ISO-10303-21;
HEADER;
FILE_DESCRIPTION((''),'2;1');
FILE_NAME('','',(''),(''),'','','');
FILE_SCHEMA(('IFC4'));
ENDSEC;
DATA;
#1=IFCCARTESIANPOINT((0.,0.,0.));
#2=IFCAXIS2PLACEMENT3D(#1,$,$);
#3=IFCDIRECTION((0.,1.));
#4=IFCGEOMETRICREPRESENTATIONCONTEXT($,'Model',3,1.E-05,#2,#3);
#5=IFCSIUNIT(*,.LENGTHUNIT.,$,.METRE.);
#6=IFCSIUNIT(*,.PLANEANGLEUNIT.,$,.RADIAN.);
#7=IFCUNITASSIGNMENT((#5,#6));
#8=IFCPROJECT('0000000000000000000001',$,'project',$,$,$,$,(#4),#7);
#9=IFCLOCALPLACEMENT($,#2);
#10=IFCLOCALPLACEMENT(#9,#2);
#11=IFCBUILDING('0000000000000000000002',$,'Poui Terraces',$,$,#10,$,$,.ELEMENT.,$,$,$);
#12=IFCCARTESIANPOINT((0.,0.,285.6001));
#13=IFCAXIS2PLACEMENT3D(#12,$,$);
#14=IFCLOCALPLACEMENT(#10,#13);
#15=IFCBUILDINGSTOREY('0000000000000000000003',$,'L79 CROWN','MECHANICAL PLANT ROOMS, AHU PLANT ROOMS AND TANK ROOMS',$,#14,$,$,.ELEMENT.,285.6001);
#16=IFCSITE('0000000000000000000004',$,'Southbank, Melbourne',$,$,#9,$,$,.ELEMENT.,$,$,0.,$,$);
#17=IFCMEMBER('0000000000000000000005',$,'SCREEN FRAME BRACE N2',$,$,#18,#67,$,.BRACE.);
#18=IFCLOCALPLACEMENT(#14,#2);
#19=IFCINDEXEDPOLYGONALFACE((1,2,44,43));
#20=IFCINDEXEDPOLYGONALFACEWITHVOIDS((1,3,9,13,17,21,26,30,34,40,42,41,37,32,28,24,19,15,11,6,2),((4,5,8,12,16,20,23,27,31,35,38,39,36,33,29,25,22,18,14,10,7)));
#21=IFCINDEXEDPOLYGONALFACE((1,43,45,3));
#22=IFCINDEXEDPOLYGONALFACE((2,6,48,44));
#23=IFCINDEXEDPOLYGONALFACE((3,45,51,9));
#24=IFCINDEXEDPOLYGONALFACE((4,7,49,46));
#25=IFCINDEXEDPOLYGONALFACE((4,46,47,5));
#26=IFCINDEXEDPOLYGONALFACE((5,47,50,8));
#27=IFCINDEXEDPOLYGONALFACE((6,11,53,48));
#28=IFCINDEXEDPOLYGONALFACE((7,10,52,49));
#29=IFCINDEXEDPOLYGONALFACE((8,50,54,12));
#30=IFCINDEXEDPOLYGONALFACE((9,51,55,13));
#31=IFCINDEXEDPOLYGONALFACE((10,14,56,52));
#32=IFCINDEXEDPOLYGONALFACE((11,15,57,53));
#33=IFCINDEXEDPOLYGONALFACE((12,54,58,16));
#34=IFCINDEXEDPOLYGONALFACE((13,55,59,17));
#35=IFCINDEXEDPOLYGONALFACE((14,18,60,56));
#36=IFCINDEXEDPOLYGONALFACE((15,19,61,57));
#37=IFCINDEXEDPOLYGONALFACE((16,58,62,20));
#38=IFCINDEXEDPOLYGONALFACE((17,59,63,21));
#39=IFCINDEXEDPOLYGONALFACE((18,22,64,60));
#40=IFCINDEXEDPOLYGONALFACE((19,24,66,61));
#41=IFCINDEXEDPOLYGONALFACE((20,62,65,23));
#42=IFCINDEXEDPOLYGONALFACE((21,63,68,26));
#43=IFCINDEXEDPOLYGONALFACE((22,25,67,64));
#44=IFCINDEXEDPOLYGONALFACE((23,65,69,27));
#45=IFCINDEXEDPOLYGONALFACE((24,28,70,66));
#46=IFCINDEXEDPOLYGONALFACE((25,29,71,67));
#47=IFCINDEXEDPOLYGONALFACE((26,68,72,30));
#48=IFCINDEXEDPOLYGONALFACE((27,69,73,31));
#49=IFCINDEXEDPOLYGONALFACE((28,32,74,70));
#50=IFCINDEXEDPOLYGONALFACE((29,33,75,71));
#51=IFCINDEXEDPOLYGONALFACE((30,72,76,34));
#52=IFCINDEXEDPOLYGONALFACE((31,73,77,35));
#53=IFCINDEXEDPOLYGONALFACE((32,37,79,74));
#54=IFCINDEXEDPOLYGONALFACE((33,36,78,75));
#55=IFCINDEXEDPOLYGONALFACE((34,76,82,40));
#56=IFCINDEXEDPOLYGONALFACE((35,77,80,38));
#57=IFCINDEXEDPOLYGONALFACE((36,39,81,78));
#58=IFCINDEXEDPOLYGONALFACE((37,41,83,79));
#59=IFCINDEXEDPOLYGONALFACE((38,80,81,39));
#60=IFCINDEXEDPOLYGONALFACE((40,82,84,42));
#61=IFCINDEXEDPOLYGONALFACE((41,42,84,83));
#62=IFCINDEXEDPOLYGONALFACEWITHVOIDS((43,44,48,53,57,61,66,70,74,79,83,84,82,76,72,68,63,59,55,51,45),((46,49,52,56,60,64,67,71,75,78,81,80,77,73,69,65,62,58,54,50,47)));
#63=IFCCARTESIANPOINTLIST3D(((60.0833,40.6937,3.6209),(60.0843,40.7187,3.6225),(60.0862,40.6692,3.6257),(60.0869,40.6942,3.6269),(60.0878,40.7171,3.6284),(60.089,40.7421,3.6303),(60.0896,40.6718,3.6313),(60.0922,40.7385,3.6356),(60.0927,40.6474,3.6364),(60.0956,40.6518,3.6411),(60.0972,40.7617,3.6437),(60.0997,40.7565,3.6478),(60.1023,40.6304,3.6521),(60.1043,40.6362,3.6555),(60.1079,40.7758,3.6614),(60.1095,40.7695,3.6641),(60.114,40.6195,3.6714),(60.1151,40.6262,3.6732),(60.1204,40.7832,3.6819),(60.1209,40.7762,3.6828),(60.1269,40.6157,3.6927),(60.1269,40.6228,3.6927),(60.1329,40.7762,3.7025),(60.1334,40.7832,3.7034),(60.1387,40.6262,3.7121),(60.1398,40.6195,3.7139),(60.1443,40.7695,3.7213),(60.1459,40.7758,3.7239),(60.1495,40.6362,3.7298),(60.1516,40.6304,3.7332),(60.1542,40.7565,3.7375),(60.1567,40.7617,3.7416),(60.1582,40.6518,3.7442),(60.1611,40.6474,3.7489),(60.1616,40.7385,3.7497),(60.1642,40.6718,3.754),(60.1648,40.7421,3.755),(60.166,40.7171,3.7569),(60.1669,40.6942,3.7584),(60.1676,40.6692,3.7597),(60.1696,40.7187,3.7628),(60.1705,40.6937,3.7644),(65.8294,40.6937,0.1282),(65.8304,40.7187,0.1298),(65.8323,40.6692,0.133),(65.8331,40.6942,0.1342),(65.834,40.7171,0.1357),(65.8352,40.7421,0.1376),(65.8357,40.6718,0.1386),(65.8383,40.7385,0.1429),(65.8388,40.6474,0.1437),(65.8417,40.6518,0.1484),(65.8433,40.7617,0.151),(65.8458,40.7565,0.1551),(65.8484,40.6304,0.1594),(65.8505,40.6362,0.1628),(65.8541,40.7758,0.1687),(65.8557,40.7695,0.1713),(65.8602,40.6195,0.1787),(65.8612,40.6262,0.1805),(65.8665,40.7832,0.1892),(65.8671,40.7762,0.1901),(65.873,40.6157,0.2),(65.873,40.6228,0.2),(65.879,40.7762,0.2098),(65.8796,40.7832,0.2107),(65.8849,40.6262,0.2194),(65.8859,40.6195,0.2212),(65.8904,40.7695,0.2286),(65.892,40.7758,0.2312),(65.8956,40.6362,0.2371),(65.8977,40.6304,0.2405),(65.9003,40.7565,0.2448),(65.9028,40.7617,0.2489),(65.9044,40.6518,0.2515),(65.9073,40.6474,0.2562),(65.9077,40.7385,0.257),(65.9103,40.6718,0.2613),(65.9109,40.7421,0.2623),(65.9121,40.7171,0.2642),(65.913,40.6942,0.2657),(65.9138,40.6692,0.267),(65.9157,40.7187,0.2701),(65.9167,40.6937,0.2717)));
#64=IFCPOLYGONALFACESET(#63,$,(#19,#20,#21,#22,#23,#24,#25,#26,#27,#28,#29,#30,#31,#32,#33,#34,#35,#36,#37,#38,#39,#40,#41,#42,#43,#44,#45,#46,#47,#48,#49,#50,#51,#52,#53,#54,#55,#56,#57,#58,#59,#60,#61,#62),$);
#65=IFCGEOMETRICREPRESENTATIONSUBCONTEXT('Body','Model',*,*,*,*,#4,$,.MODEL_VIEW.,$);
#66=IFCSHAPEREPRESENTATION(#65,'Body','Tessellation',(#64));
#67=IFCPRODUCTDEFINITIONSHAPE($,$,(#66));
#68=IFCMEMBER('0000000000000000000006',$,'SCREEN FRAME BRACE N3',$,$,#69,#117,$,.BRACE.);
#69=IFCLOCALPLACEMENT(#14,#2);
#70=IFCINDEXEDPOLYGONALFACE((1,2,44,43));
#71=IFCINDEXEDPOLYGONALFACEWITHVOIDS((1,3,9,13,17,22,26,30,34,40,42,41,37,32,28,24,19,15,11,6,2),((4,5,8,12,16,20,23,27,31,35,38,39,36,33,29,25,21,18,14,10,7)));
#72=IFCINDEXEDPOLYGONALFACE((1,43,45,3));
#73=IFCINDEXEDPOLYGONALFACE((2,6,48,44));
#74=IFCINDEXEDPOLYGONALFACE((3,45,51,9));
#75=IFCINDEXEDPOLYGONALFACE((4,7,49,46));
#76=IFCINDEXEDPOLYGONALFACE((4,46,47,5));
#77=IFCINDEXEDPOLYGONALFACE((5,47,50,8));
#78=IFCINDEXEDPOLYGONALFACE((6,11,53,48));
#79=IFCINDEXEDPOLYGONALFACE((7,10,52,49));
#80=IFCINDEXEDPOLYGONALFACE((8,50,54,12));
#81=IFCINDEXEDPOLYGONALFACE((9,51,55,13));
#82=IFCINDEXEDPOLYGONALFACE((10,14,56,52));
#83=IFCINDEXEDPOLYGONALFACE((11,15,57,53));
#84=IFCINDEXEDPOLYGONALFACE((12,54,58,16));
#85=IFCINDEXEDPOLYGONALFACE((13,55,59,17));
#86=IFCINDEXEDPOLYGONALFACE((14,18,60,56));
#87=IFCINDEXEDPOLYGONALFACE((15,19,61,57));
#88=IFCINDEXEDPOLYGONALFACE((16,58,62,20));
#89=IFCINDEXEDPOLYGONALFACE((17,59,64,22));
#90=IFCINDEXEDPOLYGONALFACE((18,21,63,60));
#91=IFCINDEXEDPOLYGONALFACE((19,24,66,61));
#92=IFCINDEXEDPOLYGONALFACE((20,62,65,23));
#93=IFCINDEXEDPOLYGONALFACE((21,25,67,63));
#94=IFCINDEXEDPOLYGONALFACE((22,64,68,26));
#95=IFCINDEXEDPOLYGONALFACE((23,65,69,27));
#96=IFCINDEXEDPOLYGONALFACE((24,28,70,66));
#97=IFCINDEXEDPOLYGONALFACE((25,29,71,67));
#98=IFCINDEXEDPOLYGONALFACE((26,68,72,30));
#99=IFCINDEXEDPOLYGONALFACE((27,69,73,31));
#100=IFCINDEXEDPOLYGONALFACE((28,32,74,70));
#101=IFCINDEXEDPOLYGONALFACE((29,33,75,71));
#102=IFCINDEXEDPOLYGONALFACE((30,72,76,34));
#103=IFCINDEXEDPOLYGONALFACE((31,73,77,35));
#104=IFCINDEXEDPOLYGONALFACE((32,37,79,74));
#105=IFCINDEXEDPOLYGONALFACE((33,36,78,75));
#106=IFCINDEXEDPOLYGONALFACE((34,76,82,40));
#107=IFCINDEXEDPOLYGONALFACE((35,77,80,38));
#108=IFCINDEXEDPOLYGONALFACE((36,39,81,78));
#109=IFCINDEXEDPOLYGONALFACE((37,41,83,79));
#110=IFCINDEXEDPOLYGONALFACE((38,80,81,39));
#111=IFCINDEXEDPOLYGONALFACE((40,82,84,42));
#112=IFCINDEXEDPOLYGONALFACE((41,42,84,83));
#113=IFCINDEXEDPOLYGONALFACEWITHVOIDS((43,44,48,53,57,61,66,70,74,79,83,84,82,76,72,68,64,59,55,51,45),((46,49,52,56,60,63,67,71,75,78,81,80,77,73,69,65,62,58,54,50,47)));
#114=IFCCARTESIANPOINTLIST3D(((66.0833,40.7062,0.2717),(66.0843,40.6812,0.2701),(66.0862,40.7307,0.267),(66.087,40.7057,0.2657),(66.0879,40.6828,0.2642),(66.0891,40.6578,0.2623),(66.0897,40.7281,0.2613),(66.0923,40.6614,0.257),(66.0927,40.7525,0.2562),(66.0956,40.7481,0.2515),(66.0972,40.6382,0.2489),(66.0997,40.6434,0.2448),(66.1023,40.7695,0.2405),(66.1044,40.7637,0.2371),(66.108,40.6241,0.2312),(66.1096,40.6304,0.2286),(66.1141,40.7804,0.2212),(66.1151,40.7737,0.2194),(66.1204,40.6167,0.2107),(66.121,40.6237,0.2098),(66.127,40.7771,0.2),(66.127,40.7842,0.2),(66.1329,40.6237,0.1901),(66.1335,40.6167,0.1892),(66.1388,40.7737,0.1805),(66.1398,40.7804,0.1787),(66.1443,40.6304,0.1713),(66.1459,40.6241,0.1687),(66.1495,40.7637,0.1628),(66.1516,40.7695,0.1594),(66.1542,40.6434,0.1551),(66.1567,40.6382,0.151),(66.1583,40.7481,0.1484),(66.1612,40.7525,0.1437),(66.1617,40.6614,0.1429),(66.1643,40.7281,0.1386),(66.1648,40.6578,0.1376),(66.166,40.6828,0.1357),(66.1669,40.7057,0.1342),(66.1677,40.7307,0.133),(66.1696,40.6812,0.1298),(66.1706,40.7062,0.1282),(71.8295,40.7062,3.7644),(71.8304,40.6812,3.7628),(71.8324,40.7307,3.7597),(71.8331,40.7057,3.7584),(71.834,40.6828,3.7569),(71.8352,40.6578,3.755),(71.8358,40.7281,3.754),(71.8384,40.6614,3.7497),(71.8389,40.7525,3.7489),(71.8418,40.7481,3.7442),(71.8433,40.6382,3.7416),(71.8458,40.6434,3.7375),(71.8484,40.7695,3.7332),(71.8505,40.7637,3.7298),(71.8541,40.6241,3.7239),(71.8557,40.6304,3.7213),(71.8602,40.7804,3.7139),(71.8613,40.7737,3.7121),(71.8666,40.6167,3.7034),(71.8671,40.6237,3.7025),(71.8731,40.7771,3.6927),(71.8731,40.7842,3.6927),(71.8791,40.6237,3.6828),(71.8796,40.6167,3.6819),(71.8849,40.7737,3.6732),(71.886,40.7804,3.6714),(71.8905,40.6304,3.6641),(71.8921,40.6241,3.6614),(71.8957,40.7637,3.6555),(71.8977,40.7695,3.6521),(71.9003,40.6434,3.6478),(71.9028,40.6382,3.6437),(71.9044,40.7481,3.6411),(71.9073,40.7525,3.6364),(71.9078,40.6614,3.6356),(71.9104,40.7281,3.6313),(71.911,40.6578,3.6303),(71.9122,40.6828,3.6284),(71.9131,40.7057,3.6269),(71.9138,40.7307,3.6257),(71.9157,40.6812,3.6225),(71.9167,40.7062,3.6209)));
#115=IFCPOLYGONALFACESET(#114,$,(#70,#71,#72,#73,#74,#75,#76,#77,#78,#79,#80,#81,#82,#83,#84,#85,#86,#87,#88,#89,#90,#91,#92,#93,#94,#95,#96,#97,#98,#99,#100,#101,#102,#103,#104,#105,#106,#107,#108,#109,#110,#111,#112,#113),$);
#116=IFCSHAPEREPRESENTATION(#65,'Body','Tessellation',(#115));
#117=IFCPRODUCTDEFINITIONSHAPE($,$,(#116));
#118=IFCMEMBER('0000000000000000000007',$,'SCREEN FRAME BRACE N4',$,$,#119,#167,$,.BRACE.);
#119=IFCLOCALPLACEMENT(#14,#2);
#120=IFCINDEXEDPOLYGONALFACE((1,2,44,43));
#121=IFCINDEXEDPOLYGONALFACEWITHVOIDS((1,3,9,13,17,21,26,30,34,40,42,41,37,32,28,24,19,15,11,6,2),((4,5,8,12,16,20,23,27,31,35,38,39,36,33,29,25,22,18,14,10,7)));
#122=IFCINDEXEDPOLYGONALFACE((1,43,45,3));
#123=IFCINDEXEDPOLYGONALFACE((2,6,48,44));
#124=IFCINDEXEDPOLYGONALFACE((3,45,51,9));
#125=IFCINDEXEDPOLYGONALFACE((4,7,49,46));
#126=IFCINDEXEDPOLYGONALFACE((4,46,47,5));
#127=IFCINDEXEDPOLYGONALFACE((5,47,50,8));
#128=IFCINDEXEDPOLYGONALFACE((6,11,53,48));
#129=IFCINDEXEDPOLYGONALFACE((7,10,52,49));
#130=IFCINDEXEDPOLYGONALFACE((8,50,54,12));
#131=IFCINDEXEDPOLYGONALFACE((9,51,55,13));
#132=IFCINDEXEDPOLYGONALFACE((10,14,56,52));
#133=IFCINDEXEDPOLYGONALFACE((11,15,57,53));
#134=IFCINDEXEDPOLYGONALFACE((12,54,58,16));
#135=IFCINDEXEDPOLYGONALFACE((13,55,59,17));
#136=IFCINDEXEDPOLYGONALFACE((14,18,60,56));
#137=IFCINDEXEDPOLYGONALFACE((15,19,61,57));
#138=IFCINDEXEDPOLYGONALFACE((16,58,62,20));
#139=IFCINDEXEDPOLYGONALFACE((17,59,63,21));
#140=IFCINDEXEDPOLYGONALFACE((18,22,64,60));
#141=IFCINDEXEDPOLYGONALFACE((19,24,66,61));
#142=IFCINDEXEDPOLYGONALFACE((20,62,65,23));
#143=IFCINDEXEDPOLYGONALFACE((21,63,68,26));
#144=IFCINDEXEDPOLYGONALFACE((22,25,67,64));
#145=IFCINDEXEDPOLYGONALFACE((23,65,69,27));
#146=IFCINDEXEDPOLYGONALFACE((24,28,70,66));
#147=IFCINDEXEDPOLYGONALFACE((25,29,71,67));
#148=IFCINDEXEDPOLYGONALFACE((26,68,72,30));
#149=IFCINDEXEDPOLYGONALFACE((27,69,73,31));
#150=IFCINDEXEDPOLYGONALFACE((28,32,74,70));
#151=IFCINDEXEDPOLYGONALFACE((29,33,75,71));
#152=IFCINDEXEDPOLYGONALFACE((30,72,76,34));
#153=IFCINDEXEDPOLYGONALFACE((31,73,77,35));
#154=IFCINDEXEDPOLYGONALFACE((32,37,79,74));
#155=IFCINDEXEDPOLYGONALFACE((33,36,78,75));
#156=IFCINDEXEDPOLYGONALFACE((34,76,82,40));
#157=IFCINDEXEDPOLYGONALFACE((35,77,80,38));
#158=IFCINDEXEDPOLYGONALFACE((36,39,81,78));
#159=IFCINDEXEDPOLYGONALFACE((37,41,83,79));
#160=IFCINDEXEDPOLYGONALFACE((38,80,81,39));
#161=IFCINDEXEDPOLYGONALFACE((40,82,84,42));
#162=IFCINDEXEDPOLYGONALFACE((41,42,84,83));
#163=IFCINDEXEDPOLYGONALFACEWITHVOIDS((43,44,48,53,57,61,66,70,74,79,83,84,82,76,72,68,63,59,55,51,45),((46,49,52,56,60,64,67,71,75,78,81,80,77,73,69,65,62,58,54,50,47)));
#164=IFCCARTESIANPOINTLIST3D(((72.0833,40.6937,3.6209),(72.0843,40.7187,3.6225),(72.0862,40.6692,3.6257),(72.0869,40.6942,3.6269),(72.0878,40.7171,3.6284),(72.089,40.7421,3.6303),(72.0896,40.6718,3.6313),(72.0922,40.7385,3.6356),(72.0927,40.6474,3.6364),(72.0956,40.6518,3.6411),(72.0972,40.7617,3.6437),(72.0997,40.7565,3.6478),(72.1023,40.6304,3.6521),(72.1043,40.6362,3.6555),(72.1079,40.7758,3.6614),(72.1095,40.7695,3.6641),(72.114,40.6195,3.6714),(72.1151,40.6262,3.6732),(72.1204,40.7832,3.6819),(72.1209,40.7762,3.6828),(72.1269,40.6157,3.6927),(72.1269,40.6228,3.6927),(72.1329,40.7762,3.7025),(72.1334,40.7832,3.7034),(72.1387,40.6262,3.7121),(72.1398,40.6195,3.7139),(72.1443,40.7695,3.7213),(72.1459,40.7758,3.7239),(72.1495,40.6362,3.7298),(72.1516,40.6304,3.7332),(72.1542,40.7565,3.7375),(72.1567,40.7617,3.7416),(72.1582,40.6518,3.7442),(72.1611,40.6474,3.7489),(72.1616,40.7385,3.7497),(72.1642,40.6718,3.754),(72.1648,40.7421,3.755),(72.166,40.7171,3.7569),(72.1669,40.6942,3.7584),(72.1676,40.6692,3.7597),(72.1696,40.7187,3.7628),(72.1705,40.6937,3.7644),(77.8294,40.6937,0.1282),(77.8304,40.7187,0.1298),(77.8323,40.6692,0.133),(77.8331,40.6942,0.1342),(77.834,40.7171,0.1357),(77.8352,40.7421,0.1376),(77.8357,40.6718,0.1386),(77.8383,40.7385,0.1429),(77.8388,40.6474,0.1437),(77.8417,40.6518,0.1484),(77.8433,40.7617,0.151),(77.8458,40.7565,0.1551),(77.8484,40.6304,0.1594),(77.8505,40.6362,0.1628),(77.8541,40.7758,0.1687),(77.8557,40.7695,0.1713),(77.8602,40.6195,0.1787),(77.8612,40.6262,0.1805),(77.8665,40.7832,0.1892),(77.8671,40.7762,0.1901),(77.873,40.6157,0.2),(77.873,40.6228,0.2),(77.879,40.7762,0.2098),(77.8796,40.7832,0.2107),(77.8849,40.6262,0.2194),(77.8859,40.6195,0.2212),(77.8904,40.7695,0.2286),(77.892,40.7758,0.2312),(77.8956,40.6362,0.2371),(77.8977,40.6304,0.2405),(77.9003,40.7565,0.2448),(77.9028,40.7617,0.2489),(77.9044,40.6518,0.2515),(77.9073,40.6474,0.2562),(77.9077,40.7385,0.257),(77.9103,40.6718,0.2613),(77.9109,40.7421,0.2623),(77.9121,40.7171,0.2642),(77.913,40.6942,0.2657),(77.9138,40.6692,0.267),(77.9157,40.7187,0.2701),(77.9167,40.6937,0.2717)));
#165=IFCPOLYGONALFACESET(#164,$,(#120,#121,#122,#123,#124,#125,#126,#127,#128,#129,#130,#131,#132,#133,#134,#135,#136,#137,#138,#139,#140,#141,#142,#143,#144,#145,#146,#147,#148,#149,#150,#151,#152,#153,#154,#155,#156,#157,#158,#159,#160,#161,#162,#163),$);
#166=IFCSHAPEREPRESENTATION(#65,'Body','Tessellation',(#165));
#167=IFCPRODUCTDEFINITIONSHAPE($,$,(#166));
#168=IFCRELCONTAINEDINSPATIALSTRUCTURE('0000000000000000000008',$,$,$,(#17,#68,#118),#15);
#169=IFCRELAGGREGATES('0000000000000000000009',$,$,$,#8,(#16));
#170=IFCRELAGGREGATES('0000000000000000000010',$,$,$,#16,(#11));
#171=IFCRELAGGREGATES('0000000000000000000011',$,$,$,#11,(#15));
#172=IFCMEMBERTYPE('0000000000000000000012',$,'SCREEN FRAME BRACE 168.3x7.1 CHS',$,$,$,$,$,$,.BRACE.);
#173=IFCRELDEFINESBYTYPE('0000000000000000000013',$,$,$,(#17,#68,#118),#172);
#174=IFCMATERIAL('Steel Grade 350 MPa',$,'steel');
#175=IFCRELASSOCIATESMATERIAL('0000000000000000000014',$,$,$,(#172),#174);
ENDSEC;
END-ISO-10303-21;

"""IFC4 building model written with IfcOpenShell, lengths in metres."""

from ifc_helpers import new_model, si_unit, direction, frame, origin, origin_2d, place, context, subcontext, project, spatial, hollow_circle, extrude, material, material_profile, profile_set, type_object, element, save


model = new_model("IFC4")

# Units and contexts
model_context = context("Model", 3, precision=1e-05, world=origin(), true_north=direction((0.0, 1.0)))
body_context = subcontext(model_context, "Body", "Model", "MODEL_VIEW")
ifc_project = project(units=[si_unit("LENGTHUNIT", "METRE"), si_unit("PLANEANGLEUNIT", "RADIAN")], contexts=[model_context])

# Site, building, storey
site_placement = place(None, origin())
site = spatial("IfcSite", under=ifc_project, at=site_placement, Name="Southbank, Melbourne", CompositionType="ELEMENT", RefElevation=0.0)
building_placement = place(site_placement, origin())
building = spatial("IfcBuilding", under=site, at=building_placement, Name="Poui Terraces", CompositionType="ELEMENT")
storey_placement = place(building_placement, frame((0.0, 0.0, 285.6001)))
storey = spatial("IfcBuildingStorey", under=building, at=storey_placement, Name="L79 CROWN", Description="MECHANICAL PLANT ROOMS, AHU PLANT ROOMS AND TANK ROOMS", CompositionType="ELEMENT", Elevation=285.6001)

# Shared definitions
ifc_material_1 = material(Name="Steel Grade 350 MPa", Category="steel")

# Members
ifc_material_profile_1 = material_profile(ifc_material_1, hollow_circle(Radius=0.0842, WallThickness=0.0071, at=origin_2d()), Name="168.3x7.1 CHS")
ifc_profile_set_1 = profile_set([ifc_material_profile_1], Name="Steel Grade 350 MPa")
member_type_1 = type_object("IfcMemberType", Name="SCREEN FRAME BRACE 168.3x7.1 CHS", PredefinedType="BRACE", material=ifc_profile_set_1)
for number, where, z_axis, x_axis, name in (
    (1, (65.873, 40.7, 0.2), (-0.854525, 0.0, 0.51941), (0.0, -1.0, 0.0), "SCREEN FRAME BRACE N2"),
    (2, (66.127, 40.7, 0.2), (0.854525, 0.0, 0.51941), (0.0, 1.0, 0.0), "SCREEN FRAME BRACE N3"),
    (3, (77.873, 40.7, 0.2), (-0.854525, 0.0, 0.51941), (0.0, -1.0, 0.0), "SCREEN FRAME BRACE N4"),
):
    element("IfcMember", number, at=place(storey_placement, frame(where, z_axis=z_axis, x_axis=x_axis)), inside=storey, type_object=member_type_1, Name=name, PredefinedType="BRACE", context=body_context, shape_type="SweptSolid", body=[
        extrude(hollow_circle(Radius=0.0842, WallThickness=0.0071, at=origin_2d()), origin(), (0.0, 0.0, 1.0), 6.7244),
    ])

save(model, "model.ifc")
